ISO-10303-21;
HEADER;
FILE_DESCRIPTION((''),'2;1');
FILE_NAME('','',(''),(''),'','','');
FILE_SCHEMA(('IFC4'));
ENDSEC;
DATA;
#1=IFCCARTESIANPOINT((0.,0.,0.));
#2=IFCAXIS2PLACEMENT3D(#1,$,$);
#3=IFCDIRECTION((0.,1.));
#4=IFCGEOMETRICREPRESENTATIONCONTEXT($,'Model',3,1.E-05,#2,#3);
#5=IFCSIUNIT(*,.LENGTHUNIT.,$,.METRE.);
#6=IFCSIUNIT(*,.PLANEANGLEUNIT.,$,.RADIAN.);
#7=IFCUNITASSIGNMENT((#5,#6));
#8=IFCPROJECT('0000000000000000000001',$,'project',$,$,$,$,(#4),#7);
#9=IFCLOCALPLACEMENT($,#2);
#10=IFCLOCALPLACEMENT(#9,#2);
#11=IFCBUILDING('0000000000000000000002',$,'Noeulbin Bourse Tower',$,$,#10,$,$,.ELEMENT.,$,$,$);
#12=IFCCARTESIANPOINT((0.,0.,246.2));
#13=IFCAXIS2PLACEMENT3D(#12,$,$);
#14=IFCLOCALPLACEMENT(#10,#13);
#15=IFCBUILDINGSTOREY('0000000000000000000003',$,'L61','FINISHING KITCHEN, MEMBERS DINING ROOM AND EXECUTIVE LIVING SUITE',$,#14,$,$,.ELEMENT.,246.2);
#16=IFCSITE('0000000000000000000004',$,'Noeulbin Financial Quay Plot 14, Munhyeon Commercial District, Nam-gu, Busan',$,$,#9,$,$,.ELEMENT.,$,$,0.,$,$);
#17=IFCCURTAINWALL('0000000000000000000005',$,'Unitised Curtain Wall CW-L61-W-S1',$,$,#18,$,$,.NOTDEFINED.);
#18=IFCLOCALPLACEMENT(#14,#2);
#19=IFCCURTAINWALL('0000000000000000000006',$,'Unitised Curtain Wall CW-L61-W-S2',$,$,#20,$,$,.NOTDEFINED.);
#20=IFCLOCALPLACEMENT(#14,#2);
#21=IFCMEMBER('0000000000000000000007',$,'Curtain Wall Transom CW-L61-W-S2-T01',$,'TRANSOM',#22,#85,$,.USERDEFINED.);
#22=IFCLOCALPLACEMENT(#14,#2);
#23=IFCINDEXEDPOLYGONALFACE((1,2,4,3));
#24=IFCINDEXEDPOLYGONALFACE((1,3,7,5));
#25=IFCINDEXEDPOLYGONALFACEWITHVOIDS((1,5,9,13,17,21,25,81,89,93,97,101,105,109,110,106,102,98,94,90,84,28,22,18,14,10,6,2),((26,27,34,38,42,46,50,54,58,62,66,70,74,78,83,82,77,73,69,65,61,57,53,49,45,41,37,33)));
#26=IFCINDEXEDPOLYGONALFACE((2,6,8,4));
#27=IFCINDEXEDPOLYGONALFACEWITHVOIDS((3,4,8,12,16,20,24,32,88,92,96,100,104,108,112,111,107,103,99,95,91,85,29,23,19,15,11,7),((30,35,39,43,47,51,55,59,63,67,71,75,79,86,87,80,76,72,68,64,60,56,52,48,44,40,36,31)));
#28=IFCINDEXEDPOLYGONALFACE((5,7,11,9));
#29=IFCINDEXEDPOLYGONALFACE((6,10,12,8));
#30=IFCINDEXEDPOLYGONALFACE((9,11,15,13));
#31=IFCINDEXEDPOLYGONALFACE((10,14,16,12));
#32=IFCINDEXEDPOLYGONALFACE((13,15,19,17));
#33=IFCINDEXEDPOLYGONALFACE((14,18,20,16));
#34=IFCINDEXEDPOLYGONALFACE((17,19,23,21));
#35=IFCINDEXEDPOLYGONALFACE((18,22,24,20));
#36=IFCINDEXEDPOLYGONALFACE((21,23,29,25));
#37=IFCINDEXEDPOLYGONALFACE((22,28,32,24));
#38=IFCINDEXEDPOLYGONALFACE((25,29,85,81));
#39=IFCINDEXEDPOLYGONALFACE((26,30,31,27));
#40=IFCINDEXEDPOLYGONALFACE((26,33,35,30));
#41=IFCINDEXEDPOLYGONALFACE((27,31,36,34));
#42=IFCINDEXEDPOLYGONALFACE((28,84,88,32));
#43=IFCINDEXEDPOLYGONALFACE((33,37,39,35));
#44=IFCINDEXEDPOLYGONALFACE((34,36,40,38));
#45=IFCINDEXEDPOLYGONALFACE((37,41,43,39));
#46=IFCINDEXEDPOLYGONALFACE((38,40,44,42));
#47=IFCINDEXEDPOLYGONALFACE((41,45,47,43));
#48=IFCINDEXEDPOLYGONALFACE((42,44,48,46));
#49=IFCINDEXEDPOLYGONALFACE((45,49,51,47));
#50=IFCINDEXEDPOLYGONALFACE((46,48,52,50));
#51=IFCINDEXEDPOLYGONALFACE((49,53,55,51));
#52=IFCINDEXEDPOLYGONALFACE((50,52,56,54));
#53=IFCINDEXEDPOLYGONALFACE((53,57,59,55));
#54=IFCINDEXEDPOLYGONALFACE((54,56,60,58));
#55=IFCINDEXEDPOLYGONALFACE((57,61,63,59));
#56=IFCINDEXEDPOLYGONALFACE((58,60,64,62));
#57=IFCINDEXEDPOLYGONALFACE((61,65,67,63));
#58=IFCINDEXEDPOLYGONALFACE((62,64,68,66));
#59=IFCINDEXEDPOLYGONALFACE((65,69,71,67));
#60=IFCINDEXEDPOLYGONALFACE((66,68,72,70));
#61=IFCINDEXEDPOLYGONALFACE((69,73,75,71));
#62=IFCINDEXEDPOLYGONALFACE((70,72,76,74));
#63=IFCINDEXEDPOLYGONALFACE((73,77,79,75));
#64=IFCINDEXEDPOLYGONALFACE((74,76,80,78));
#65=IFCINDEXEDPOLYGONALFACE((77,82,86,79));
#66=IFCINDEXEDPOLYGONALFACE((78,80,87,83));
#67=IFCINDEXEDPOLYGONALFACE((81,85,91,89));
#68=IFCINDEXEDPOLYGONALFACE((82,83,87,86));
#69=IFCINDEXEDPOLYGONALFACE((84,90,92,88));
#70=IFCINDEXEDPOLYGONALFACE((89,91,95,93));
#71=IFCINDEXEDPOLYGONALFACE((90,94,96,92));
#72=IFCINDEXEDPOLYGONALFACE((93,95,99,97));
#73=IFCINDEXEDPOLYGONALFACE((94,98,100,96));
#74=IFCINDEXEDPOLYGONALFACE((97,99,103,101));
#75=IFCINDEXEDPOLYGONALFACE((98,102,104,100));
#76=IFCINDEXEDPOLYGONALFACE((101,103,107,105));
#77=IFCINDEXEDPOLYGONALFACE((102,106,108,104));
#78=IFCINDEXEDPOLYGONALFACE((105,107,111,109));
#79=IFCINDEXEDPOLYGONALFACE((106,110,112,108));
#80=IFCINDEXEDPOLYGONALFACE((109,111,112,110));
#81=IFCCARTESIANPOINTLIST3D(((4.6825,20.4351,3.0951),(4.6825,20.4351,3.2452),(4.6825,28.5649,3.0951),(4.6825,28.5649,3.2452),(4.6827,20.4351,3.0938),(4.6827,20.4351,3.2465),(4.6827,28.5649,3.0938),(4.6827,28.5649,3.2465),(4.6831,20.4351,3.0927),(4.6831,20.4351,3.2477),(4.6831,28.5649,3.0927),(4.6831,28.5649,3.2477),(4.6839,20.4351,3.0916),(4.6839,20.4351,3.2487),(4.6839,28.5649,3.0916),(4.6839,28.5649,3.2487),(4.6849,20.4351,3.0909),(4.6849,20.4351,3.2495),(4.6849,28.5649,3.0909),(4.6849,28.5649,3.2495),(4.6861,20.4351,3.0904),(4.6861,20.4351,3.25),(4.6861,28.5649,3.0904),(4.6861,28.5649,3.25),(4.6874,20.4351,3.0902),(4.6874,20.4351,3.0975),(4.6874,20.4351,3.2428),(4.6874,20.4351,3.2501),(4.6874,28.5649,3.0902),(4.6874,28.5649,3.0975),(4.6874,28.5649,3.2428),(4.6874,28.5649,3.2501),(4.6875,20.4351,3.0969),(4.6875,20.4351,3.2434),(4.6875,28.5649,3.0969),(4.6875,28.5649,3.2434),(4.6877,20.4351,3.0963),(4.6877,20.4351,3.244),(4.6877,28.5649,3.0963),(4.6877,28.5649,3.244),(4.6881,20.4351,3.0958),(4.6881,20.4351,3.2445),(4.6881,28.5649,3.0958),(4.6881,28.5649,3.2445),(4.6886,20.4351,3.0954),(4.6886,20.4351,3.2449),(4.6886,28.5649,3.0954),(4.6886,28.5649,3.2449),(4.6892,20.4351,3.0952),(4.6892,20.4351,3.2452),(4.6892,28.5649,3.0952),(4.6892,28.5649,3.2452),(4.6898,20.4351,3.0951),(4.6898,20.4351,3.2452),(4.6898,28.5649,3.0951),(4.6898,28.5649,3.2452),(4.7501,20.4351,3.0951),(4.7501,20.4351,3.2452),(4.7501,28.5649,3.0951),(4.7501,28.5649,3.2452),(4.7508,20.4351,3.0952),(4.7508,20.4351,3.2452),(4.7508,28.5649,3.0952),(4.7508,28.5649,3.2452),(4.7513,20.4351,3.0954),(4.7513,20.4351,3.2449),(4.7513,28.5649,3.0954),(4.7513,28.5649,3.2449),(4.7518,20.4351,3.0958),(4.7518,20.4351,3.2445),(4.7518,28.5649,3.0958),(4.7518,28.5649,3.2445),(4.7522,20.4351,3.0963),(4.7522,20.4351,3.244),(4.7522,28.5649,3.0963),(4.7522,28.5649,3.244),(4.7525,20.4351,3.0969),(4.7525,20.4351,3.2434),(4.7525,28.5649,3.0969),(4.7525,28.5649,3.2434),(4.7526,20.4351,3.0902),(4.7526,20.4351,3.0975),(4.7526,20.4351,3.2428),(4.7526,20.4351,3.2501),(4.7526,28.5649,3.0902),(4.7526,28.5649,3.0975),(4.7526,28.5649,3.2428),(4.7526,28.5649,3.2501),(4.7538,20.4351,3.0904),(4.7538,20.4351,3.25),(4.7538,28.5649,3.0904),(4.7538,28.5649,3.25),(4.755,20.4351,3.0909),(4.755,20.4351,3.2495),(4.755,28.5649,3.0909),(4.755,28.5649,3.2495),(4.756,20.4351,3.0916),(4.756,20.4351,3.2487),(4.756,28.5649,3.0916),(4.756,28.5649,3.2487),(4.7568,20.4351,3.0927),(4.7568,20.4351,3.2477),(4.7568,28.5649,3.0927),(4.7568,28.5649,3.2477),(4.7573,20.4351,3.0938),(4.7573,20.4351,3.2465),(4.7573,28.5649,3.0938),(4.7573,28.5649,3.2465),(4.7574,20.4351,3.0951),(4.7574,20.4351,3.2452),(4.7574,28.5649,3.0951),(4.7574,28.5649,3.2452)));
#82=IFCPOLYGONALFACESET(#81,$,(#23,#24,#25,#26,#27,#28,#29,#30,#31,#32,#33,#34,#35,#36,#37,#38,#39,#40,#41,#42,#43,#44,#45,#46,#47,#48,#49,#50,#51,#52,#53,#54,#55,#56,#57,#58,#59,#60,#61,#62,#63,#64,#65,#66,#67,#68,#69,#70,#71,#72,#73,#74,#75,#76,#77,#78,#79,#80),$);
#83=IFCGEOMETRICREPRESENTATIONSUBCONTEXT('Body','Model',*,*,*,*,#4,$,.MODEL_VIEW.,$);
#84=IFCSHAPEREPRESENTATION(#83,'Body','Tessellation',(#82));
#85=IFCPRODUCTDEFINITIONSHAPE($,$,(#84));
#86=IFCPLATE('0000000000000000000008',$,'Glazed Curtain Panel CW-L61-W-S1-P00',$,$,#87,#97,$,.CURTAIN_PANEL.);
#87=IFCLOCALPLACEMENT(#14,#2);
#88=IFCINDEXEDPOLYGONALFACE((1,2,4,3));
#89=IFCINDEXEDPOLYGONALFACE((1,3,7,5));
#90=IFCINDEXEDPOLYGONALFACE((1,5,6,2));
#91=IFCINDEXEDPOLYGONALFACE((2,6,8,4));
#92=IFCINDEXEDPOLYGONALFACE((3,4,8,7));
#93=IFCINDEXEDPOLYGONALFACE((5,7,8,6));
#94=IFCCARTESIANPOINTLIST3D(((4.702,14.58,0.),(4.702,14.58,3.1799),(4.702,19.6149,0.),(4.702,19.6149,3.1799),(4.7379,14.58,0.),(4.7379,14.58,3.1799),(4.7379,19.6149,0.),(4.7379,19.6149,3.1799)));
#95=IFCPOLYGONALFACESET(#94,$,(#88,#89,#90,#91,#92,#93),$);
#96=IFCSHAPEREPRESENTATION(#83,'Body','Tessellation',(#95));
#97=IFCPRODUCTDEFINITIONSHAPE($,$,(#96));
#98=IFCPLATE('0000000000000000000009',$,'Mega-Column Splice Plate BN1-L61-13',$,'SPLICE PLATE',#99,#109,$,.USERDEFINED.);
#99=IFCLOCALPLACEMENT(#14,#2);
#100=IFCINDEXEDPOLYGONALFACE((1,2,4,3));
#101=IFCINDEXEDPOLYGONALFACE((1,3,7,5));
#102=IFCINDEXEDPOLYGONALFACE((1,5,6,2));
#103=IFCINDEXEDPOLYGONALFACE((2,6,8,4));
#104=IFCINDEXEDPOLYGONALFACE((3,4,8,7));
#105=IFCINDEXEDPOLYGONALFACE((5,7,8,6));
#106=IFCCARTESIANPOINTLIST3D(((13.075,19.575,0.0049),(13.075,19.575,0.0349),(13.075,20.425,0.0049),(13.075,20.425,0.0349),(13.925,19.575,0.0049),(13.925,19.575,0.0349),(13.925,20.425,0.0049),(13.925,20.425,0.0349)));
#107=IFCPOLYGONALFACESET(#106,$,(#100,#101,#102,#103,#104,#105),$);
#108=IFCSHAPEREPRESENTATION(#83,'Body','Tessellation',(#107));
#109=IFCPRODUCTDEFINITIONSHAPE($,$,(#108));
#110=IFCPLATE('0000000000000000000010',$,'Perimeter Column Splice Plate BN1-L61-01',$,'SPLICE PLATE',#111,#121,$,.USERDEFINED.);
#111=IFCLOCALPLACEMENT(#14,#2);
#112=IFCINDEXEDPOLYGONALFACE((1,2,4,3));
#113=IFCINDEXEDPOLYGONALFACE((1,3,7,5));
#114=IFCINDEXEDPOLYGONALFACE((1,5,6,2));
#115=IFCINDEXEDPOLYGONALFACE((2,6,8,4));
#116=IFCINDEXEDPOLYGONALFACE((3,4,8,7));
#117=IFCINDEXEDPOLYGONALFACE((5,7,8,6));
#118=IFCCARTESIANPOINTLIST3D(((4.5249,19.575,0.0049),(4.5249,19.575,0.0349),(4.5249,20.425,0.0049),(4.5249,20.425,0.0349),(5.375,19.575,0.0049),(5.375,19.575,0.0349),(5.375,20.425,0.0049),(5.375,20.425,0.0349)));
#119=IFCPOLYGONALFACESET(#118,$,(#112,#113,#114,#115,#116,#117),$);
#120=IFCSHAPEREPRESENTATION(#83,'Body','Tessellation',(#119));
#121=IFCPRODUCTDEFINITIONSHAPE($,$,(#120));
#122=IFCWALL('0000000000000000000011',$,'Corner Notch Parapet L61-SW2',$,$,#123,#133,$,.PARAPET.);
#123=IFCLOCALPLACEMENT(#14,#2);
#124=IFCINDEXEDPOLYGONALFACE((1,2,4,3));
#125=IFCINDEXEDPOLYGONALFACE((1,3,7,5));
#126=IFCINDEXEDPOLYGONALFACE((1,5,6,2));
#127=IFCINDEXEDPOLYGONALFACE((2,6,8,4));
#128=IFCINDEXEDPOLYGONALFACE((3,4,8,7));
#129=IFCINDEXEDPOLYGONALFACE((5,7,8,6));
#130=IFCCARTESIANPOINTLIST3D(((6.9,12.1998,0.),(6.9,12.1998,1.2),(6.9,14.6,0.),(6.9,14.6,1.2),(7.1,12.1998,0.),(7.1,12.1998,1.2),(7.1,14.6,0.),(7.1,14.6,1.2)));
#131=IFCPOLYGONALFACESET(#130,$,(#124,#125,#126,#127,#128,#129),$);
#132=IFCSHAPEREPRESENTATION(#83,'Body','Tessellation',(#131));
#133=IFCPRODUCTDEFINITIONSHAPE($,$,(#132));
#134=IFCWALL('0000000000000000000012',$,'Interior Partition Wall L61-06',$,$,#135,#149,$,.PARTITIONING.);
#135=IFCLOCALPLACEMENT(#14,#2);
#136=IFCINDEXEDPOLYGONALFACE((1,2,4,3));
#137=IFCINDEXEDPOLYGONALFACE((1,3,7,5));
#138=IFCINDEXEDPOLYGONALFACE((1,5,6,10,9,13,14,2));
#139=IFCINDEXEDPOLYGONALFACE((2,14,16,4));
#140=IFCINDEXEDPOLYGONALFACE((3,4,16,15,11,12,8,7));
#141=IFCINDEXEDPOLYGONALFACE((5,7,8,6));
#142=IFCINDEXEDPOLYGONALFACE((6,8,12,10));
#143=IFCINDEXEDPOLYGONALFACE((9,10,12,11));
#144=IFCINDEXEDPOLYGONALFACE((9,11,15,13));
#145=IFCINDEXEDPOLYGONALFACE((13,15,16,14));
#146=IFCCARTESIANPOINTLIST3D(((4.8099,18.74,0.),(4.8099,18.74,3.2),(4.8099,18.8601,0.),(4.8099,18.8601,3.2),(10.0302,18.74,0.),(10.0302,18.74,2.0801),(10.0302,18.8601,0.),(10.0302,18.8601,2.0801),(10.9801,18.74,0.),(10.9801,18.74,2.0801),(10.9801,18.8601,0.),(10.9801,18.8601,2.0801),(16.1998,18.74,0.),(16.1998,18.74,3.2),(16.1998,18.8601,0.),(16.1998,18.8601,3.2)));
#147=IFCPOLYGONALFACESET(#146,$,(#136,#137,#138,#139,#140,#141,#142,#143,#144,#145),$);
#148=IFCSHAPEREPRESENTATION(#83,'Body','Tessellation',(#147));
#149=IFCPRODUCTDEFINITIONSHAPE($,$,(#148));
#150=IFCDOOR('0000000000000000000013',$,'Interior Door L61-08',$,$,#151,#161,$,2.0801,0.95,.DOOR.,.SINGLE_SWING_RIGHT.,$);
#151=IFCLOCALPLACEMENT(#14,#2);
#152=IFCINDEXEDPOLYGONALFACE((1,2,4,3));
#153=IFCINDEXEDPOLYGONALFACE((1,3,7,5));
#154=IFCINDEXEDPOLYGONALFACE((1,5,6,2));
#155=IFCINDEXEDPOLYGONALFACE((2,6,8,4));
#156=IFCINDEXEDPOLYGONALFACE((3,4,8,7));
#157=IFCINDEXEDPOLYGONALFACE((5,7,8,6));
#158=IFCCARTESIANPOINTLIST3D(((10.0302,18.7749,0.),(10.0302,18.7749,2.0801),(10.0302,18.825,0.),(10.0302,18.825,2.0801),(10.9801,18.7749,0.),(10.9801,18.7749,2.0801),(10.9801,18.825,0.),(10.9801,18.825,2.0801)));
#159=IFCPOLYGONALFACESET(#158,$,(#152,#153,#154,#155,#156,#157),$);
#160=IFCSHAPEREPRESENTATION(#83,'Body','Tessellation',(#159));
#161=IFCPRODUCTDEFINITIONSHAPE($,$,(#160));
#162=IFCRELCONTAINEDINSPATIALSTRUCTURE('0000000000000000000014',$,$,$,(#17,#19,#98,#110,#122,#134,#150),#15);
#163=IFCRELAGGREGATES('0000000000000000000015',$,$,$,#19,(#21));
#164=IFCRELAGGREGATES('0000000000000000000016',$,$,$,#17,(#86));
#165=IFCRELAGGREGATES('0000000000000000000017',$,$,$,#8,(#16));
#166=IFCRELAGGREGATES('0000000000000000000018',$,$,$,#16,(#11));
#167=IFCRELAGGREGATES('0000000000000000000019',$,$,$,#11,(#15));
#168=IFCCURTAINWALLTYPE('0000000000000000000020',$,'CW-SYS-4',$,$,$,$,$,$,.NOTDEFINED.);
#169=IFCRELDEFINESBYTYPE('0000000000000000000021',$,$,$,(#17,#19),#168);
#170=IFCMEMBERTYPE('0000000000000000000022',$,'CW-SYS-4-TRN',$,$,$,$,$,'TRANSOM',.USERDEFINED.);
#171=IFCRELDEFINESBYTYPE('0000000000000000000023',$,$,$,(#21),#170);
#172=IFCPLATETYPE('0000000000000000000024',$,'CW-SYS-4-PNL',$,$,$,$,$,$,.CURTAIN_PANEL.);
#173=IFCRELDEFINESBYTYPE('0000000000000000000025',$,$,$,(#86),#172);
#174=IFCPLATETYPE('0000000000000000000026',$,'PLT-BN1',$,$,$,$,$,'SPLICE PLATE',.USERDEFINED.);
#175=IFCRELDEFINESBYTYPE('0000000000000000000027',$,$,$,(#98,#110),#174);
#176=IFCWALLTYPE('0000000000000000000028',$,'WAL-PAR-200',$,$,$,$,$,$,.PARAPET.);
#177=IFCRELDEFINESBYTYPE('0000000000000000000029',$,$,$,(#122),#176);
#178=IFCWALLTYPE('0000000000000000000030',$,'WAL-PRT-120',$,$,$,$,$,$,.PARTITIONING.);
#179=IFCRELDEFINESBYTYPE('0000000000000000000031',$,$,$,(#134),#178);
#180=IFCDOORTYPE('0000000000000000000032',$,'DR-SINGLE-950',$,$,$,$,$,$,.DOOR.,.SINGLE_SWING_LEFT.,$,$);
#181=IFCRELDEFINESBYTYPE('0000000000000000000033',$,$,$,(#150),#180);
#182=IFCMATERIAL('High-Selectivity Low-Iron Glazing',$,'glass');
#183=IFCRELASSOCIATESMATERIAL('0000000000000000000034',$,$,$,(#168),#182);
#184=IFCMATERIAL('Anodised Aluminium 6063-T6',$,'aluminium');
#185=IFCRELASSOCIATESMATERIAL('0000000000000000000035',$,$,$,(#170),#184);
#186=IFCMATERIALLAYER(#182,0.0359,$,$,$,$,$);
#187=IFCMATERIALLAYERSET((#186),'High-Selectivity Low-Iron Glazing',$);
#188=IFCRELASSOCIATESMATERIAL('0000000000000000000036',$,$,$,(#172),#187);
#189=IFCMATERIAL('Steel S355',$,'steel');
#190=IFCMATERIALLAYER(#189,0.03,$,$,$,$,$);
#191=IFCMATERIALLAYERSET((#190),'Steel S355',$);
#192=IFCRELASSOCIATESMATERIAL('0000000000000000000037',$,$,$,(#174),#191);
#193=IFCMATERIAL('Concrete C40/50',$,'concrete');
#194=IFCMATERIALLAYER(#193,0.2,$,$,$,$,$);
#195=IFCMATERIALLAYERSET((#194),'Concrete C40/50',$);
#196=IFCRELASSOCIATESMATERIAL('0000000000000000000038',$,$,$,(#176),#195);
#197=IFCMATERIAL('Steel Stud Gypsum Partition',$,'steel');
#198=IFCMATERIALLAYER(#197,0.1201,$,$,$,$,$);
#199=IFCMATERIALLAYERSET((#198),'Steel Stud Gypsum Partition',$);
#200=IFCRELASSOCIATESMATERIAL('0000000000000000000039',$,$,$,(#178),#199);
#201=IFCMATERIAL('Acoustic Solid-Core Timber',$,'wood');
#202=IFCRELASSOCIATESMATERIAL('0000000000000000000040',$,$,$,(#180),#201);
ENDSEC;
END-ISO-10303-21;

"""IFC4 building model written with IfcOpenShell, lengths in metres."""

from ifc_helpers import new_model, si_unit, direction, frame, frame_2d, origin, origin_2d, place, context, subcontext, project, spatial, rectangle, hollow_rectangle, extrude, material, layer, layer_set, material_profile, profile_set, type_object, element, fill, aggregate, save


model = new_model("IFC4")

# Units and contexts
model_context = context("Model", 3, precision=1e-05, world=origin(), true_north=direction((0.0, 1.0)))
body_context = subcontext(model_context, "Body", "Model", "MODEL_VIEW")
ifc_project = project(units=[si_unit("LENGTHUNIT", "METRE"), si_unit("PLANEANGLEUNIT", "RADIAN")], contexts=[model_context])

# Site, building, storey
site_placement = place(None, origin())
site = spatial("IfcSite", under=ifc_project, at=site_placement, Name="Noeulbin Financial Quay Plot 14, Munhyeon Commercial District, Nam-gu, Busan", CompositionType="ELEMENT", RefElevation=0.0)
building_placement = place(site_placement, origin())
building = spatial("IfcBuilding", under=site, at=building_placement, Name="Noeulbin Bourse Tower", CompositionType="ELEMENT")
storey_placement = place(building_placement, frame((0.0, 0.0, 246.2)))
storey = spatial("IfcBuildingStorey", under=building, at=storey_placement, Name="L61", Description="FINISHING KITCHEN, MEMBERS DINING ROOM AND EXECUTIVE LIVING SUITE", CompositionType="ELEMENT", Elevation=246.2)

# Shared definitions
ifc_material_1 = material(Name="Steel S355", Category="steel")

# Curtain wall
ifc_material_2 = material(Name="High-Selectivity Low-Iron Glazing", Category="glass")
curtain_wall_type = type_object("IfcCurtainWallType", Name="CW-SYS-4", PredefinedType="NOTDEFINED", material=ifc_material_2)
curtain_wall_1_placement = place(storey_placement, origin())
curtain_wall_1 = element("IfcCurtainWall", 1, at=curtain_wall_1_placement, inside=storey, type_object=curtain_wall_type, Name="Unitised Curtain Wall CW-L61-W-S1", PredefinedType="NOTDEFINED")
ifc_material_3 = material(Name="Anodised Aluminium 6063-T6", Category="aluminium")

# Curtain wall
curtain_wall_2_placement = place(storey_placement, origin())
curtain_wall_2 = element("IfcCurtainWall", 2, at=curtain_wall_2_placement, inside=storey, type_object=curtain_wall_type, Name="Unitised Curtain Wall CW-L61-W-S2", PredefinedType="NOTDEFINED")

# Member
ifc_material_profile_1 = material_profile(ifc_material_3, hollow_rectangle(XDim=0.075, YDim=0.1599, WallThickness=0.0049, InnerFilletRadius=0.0024, OuterFilletRadius=0.0049, at=origin_2d()), Name="ALU-TRAN-75x160x5", Category="LoadBearing")
ifc_profile_set_1 = profile_set([ifc_material_profile_1], Name="Anodised Aluminium 6063-T6")
member_type_1 = type_object("IfcMemberType", Name="CW-SYS-4-TRN", ElementType="TRANSOM", PredefinedType="USERDEFINED", material=ifc_profile_set_1)
member_1_placement = place(storey_placement, frame((4.72, 20.4351, 3.1702), z_axis=(0.0, 1.0, 0.0), x_axis=(-1.0, 0.0, 0.0)))
member_1 = element("IfcMember", 3, at=member_1_placement, type_object=member_type_1, Name="Curtain Wall Transom CW-L61-W-S2-T01", ObjectType="TRANSOM", PredefinedType="USERDEFINED", context=body_context, shape_type="SweptSolid", body=[
    extrude(hollow_rectangle(XDim=0.075, YDim=0.1599, WallThickness=0.0049, InnerFilletRadius=0.0024, OuterFilletRadius=0.0049, at=origin_2d()), origin(), (0.0, 0.0, 1.0), 8.1299),
])
aggregate(curtain_wall_2, [member_1])

# Plate
ifc_layer_1 = layer(ifc_material_2, 0.0359)
ifc_layer_set_1 = layer_set([ifc_layer_1], Name="High-Selectivity Low-Iron Glazing")
plate_type_1 = type_object("IfcPlateType", Name="CW-SYS-4-PNL", PredefinedType="CURTAIN_PANEL", material=ifc_layer_set_1)
plate_placement = place(storey_placement, frame((4.72, 17.0974, 0.0), z_axis=(0.0, 0.0, 1.0), x_axis=(0.0, 1.0, 0.0)))
plate = element("IfcPlate", 4, at=plate_placement, type_object=plate_type_1, Name="Glazed Curtain Panel CW-L61-W-S1-P00", PredefinedType="CURTAIN_PANEL", context=body_context, shape_type="SweptSolid", body=[
    extrude(rectangle(XDim=5.0349, YDim=0.0359, at=origin_2d()), origin(), (0.0, 0.0, 1.0), 3.1799),
])
aggregate(curtain_wall_1, [plate])

# Plates
ifc_layer_2 = layer(ifc_material_1, 0.03)
ifc_layer_set_2 = layer_set([ifc_layer_2], Name="Steel S355")
plate_type_2 = type_object("IfcPlateType", Name="PLT-BN1", ElementType="SPLICE PLATE", PredefinedType="USERDEFINED", material=ifc_layer_set_2)
for number, where, z_axis, x_axis, name in (
    (5, (13.5, 20.0, 0.0049), (0.0, 0.0, 1.0), (1.0, 0.0, 0.0), "Mega-Column Splice Plate BN1-L61-13"),
    (6, (4.95, 20.0, 0.0049), (0.0, 0.0, 1.0), (1.0, 0.0, 0.0), "Perimeter Column Splice Plate BN1-L61-01"),
):
    element("IfcPlate", number, at=place(storey_placement, frame(where, z_axis=z_axis, x_axis=x_axis)), inside=storey, type_object=plate_type_2, Name=name, ObjectType="SPLICE PLATE", PredefinedType="USERDEFINED", context=body_context, shape_type="SweptSolid", body=[
        extrude(rectangle(XDim=0.8501, YDim=0.8501, at=origin_2d()), origin(), (0.0, 0.0, 1.0), 0.03),
    ])

# Wall
ifc_material_4 = material(Name="Concrete C40/50", Category="concrete")
ifc_layer_3 = layer(ifc_material_4, 0.2)
ifc_layer_set_3 = layer_set([ifc_layer_3], Name="Concrete C40/50")
wall_type_1 = type_object("IfcWallType", Name="WAL-PAR-200", PredefinedType="PARAPET", material=ifc_layer_set_3)
wall_1_placement = place(storey_placement, frame((7.0, 14.6001, 0.0), z_axis=(0.0, 0.0, 1.0), x_axis=(0.0, -1.0, 0.0)))
element("IfcWall", 7, at=wall_1_placement, inside=storey, type_object=wall_type_1, Name="Corner Notch Parapet L61-SW2", PredefinedType="PARAPET", context=body_context, shape_type="SweptSolid", body=[
    extrude(rectangle(XDim=2.4001, YDim=0.2, at=frame_2d((1.2002, 0.0))), origin(), (0.0, 0.0, 1.0), 1.2),
])

# Wall, opening, door
ifc_material_5 = material(Name="Steel Stud Gypsum Partition", Category="steel")
ifc_layer_4 = layer(ifc_material_5, 0.1201)
ifc_layer_set_4 = layer_set([ifc_layer_4], Name="Steel Stud Gypsum Partition")
wall_type_2 = type_object("IfcWallType", Name="WAL-PRT-120", PredefinedType="PARTITIONING", material=ifc_layer_set_4)
wall_2_placement = place(storey_placement, frame((4.8101, 18.8, 0.0), z_axis=(0.0, 0.0, 1.0), x_axis=(1.0, 0.0, 0.0)))
wall_2 = element("IfcWall", 8, at=wall_2_placement, inside=storey, type_object=wall_type_2, Name="Interior Partition Wall L61-06", PredefinedType="PARTITIONING", context=body_context, shape_type="SweptSolid", body=[
    extrude(rectangle(XDim=11.3899, YDim=0.1201, at=frame_2d((5.6948, 0.0))), origin(), (0.0, 0.0, 1.0), 3.2),
])
opening_placement = place(wall_2_placement, frame((5.22, 0.0, 0.0)))
opening = element("IfcOpeningElement", 9, at=opening_placement, cuts=wall_2, PredefinedType="OPENING", context=body_context, shape_type="SweptSolid", body=[
    extrude(rectangle(XDim=0.95, YDim=2.0801, at=frame_2d((0.4751, 1.04))), frame((0.0, 0.0701, 0.0), z_axis=(0.0, -1.0, 0.0), x_axis=(1.0, 0.0, 0.0)), (0.0, 0.0, 1.0), 0.1401),
])
ifc_material_6 = material(Name="Acoustic Solid-Core Timber", Category="wood")
door_type = type_object("IfcDoorType", Name="DR-SINGLE-950", OperationType="SINGLE_SWING_LEFT", PredefinedType="DOOR", material=ifc_material_6)
door_placement = place(opening_placement, origin())
door = element("IfcDoor", 10, at=door_placement, inside=storey, type_object=door_type, Name="Interior Door L61-08", OperationType="SINGLE_SWING_RIGHT", OverallHeight=2.0801, OverallWidth=0.95, PredefinedType="DOOR", context=body_context, shape_type="SweptSolid", body=[
    extrude(rectangle(XDim=0.95, YDim=2.0801, at=frame_2d((0.4751, 1.04))), frame((0.0, 0.0249, 0.0), z_axis=(0.0, -1.0, 0.0), x_axis=(1.0, 0.0, 0.0)), (0.0, 0.0, 1.0), 0.05),
])
fill(opening, door)

save(model, "model.ifc")
